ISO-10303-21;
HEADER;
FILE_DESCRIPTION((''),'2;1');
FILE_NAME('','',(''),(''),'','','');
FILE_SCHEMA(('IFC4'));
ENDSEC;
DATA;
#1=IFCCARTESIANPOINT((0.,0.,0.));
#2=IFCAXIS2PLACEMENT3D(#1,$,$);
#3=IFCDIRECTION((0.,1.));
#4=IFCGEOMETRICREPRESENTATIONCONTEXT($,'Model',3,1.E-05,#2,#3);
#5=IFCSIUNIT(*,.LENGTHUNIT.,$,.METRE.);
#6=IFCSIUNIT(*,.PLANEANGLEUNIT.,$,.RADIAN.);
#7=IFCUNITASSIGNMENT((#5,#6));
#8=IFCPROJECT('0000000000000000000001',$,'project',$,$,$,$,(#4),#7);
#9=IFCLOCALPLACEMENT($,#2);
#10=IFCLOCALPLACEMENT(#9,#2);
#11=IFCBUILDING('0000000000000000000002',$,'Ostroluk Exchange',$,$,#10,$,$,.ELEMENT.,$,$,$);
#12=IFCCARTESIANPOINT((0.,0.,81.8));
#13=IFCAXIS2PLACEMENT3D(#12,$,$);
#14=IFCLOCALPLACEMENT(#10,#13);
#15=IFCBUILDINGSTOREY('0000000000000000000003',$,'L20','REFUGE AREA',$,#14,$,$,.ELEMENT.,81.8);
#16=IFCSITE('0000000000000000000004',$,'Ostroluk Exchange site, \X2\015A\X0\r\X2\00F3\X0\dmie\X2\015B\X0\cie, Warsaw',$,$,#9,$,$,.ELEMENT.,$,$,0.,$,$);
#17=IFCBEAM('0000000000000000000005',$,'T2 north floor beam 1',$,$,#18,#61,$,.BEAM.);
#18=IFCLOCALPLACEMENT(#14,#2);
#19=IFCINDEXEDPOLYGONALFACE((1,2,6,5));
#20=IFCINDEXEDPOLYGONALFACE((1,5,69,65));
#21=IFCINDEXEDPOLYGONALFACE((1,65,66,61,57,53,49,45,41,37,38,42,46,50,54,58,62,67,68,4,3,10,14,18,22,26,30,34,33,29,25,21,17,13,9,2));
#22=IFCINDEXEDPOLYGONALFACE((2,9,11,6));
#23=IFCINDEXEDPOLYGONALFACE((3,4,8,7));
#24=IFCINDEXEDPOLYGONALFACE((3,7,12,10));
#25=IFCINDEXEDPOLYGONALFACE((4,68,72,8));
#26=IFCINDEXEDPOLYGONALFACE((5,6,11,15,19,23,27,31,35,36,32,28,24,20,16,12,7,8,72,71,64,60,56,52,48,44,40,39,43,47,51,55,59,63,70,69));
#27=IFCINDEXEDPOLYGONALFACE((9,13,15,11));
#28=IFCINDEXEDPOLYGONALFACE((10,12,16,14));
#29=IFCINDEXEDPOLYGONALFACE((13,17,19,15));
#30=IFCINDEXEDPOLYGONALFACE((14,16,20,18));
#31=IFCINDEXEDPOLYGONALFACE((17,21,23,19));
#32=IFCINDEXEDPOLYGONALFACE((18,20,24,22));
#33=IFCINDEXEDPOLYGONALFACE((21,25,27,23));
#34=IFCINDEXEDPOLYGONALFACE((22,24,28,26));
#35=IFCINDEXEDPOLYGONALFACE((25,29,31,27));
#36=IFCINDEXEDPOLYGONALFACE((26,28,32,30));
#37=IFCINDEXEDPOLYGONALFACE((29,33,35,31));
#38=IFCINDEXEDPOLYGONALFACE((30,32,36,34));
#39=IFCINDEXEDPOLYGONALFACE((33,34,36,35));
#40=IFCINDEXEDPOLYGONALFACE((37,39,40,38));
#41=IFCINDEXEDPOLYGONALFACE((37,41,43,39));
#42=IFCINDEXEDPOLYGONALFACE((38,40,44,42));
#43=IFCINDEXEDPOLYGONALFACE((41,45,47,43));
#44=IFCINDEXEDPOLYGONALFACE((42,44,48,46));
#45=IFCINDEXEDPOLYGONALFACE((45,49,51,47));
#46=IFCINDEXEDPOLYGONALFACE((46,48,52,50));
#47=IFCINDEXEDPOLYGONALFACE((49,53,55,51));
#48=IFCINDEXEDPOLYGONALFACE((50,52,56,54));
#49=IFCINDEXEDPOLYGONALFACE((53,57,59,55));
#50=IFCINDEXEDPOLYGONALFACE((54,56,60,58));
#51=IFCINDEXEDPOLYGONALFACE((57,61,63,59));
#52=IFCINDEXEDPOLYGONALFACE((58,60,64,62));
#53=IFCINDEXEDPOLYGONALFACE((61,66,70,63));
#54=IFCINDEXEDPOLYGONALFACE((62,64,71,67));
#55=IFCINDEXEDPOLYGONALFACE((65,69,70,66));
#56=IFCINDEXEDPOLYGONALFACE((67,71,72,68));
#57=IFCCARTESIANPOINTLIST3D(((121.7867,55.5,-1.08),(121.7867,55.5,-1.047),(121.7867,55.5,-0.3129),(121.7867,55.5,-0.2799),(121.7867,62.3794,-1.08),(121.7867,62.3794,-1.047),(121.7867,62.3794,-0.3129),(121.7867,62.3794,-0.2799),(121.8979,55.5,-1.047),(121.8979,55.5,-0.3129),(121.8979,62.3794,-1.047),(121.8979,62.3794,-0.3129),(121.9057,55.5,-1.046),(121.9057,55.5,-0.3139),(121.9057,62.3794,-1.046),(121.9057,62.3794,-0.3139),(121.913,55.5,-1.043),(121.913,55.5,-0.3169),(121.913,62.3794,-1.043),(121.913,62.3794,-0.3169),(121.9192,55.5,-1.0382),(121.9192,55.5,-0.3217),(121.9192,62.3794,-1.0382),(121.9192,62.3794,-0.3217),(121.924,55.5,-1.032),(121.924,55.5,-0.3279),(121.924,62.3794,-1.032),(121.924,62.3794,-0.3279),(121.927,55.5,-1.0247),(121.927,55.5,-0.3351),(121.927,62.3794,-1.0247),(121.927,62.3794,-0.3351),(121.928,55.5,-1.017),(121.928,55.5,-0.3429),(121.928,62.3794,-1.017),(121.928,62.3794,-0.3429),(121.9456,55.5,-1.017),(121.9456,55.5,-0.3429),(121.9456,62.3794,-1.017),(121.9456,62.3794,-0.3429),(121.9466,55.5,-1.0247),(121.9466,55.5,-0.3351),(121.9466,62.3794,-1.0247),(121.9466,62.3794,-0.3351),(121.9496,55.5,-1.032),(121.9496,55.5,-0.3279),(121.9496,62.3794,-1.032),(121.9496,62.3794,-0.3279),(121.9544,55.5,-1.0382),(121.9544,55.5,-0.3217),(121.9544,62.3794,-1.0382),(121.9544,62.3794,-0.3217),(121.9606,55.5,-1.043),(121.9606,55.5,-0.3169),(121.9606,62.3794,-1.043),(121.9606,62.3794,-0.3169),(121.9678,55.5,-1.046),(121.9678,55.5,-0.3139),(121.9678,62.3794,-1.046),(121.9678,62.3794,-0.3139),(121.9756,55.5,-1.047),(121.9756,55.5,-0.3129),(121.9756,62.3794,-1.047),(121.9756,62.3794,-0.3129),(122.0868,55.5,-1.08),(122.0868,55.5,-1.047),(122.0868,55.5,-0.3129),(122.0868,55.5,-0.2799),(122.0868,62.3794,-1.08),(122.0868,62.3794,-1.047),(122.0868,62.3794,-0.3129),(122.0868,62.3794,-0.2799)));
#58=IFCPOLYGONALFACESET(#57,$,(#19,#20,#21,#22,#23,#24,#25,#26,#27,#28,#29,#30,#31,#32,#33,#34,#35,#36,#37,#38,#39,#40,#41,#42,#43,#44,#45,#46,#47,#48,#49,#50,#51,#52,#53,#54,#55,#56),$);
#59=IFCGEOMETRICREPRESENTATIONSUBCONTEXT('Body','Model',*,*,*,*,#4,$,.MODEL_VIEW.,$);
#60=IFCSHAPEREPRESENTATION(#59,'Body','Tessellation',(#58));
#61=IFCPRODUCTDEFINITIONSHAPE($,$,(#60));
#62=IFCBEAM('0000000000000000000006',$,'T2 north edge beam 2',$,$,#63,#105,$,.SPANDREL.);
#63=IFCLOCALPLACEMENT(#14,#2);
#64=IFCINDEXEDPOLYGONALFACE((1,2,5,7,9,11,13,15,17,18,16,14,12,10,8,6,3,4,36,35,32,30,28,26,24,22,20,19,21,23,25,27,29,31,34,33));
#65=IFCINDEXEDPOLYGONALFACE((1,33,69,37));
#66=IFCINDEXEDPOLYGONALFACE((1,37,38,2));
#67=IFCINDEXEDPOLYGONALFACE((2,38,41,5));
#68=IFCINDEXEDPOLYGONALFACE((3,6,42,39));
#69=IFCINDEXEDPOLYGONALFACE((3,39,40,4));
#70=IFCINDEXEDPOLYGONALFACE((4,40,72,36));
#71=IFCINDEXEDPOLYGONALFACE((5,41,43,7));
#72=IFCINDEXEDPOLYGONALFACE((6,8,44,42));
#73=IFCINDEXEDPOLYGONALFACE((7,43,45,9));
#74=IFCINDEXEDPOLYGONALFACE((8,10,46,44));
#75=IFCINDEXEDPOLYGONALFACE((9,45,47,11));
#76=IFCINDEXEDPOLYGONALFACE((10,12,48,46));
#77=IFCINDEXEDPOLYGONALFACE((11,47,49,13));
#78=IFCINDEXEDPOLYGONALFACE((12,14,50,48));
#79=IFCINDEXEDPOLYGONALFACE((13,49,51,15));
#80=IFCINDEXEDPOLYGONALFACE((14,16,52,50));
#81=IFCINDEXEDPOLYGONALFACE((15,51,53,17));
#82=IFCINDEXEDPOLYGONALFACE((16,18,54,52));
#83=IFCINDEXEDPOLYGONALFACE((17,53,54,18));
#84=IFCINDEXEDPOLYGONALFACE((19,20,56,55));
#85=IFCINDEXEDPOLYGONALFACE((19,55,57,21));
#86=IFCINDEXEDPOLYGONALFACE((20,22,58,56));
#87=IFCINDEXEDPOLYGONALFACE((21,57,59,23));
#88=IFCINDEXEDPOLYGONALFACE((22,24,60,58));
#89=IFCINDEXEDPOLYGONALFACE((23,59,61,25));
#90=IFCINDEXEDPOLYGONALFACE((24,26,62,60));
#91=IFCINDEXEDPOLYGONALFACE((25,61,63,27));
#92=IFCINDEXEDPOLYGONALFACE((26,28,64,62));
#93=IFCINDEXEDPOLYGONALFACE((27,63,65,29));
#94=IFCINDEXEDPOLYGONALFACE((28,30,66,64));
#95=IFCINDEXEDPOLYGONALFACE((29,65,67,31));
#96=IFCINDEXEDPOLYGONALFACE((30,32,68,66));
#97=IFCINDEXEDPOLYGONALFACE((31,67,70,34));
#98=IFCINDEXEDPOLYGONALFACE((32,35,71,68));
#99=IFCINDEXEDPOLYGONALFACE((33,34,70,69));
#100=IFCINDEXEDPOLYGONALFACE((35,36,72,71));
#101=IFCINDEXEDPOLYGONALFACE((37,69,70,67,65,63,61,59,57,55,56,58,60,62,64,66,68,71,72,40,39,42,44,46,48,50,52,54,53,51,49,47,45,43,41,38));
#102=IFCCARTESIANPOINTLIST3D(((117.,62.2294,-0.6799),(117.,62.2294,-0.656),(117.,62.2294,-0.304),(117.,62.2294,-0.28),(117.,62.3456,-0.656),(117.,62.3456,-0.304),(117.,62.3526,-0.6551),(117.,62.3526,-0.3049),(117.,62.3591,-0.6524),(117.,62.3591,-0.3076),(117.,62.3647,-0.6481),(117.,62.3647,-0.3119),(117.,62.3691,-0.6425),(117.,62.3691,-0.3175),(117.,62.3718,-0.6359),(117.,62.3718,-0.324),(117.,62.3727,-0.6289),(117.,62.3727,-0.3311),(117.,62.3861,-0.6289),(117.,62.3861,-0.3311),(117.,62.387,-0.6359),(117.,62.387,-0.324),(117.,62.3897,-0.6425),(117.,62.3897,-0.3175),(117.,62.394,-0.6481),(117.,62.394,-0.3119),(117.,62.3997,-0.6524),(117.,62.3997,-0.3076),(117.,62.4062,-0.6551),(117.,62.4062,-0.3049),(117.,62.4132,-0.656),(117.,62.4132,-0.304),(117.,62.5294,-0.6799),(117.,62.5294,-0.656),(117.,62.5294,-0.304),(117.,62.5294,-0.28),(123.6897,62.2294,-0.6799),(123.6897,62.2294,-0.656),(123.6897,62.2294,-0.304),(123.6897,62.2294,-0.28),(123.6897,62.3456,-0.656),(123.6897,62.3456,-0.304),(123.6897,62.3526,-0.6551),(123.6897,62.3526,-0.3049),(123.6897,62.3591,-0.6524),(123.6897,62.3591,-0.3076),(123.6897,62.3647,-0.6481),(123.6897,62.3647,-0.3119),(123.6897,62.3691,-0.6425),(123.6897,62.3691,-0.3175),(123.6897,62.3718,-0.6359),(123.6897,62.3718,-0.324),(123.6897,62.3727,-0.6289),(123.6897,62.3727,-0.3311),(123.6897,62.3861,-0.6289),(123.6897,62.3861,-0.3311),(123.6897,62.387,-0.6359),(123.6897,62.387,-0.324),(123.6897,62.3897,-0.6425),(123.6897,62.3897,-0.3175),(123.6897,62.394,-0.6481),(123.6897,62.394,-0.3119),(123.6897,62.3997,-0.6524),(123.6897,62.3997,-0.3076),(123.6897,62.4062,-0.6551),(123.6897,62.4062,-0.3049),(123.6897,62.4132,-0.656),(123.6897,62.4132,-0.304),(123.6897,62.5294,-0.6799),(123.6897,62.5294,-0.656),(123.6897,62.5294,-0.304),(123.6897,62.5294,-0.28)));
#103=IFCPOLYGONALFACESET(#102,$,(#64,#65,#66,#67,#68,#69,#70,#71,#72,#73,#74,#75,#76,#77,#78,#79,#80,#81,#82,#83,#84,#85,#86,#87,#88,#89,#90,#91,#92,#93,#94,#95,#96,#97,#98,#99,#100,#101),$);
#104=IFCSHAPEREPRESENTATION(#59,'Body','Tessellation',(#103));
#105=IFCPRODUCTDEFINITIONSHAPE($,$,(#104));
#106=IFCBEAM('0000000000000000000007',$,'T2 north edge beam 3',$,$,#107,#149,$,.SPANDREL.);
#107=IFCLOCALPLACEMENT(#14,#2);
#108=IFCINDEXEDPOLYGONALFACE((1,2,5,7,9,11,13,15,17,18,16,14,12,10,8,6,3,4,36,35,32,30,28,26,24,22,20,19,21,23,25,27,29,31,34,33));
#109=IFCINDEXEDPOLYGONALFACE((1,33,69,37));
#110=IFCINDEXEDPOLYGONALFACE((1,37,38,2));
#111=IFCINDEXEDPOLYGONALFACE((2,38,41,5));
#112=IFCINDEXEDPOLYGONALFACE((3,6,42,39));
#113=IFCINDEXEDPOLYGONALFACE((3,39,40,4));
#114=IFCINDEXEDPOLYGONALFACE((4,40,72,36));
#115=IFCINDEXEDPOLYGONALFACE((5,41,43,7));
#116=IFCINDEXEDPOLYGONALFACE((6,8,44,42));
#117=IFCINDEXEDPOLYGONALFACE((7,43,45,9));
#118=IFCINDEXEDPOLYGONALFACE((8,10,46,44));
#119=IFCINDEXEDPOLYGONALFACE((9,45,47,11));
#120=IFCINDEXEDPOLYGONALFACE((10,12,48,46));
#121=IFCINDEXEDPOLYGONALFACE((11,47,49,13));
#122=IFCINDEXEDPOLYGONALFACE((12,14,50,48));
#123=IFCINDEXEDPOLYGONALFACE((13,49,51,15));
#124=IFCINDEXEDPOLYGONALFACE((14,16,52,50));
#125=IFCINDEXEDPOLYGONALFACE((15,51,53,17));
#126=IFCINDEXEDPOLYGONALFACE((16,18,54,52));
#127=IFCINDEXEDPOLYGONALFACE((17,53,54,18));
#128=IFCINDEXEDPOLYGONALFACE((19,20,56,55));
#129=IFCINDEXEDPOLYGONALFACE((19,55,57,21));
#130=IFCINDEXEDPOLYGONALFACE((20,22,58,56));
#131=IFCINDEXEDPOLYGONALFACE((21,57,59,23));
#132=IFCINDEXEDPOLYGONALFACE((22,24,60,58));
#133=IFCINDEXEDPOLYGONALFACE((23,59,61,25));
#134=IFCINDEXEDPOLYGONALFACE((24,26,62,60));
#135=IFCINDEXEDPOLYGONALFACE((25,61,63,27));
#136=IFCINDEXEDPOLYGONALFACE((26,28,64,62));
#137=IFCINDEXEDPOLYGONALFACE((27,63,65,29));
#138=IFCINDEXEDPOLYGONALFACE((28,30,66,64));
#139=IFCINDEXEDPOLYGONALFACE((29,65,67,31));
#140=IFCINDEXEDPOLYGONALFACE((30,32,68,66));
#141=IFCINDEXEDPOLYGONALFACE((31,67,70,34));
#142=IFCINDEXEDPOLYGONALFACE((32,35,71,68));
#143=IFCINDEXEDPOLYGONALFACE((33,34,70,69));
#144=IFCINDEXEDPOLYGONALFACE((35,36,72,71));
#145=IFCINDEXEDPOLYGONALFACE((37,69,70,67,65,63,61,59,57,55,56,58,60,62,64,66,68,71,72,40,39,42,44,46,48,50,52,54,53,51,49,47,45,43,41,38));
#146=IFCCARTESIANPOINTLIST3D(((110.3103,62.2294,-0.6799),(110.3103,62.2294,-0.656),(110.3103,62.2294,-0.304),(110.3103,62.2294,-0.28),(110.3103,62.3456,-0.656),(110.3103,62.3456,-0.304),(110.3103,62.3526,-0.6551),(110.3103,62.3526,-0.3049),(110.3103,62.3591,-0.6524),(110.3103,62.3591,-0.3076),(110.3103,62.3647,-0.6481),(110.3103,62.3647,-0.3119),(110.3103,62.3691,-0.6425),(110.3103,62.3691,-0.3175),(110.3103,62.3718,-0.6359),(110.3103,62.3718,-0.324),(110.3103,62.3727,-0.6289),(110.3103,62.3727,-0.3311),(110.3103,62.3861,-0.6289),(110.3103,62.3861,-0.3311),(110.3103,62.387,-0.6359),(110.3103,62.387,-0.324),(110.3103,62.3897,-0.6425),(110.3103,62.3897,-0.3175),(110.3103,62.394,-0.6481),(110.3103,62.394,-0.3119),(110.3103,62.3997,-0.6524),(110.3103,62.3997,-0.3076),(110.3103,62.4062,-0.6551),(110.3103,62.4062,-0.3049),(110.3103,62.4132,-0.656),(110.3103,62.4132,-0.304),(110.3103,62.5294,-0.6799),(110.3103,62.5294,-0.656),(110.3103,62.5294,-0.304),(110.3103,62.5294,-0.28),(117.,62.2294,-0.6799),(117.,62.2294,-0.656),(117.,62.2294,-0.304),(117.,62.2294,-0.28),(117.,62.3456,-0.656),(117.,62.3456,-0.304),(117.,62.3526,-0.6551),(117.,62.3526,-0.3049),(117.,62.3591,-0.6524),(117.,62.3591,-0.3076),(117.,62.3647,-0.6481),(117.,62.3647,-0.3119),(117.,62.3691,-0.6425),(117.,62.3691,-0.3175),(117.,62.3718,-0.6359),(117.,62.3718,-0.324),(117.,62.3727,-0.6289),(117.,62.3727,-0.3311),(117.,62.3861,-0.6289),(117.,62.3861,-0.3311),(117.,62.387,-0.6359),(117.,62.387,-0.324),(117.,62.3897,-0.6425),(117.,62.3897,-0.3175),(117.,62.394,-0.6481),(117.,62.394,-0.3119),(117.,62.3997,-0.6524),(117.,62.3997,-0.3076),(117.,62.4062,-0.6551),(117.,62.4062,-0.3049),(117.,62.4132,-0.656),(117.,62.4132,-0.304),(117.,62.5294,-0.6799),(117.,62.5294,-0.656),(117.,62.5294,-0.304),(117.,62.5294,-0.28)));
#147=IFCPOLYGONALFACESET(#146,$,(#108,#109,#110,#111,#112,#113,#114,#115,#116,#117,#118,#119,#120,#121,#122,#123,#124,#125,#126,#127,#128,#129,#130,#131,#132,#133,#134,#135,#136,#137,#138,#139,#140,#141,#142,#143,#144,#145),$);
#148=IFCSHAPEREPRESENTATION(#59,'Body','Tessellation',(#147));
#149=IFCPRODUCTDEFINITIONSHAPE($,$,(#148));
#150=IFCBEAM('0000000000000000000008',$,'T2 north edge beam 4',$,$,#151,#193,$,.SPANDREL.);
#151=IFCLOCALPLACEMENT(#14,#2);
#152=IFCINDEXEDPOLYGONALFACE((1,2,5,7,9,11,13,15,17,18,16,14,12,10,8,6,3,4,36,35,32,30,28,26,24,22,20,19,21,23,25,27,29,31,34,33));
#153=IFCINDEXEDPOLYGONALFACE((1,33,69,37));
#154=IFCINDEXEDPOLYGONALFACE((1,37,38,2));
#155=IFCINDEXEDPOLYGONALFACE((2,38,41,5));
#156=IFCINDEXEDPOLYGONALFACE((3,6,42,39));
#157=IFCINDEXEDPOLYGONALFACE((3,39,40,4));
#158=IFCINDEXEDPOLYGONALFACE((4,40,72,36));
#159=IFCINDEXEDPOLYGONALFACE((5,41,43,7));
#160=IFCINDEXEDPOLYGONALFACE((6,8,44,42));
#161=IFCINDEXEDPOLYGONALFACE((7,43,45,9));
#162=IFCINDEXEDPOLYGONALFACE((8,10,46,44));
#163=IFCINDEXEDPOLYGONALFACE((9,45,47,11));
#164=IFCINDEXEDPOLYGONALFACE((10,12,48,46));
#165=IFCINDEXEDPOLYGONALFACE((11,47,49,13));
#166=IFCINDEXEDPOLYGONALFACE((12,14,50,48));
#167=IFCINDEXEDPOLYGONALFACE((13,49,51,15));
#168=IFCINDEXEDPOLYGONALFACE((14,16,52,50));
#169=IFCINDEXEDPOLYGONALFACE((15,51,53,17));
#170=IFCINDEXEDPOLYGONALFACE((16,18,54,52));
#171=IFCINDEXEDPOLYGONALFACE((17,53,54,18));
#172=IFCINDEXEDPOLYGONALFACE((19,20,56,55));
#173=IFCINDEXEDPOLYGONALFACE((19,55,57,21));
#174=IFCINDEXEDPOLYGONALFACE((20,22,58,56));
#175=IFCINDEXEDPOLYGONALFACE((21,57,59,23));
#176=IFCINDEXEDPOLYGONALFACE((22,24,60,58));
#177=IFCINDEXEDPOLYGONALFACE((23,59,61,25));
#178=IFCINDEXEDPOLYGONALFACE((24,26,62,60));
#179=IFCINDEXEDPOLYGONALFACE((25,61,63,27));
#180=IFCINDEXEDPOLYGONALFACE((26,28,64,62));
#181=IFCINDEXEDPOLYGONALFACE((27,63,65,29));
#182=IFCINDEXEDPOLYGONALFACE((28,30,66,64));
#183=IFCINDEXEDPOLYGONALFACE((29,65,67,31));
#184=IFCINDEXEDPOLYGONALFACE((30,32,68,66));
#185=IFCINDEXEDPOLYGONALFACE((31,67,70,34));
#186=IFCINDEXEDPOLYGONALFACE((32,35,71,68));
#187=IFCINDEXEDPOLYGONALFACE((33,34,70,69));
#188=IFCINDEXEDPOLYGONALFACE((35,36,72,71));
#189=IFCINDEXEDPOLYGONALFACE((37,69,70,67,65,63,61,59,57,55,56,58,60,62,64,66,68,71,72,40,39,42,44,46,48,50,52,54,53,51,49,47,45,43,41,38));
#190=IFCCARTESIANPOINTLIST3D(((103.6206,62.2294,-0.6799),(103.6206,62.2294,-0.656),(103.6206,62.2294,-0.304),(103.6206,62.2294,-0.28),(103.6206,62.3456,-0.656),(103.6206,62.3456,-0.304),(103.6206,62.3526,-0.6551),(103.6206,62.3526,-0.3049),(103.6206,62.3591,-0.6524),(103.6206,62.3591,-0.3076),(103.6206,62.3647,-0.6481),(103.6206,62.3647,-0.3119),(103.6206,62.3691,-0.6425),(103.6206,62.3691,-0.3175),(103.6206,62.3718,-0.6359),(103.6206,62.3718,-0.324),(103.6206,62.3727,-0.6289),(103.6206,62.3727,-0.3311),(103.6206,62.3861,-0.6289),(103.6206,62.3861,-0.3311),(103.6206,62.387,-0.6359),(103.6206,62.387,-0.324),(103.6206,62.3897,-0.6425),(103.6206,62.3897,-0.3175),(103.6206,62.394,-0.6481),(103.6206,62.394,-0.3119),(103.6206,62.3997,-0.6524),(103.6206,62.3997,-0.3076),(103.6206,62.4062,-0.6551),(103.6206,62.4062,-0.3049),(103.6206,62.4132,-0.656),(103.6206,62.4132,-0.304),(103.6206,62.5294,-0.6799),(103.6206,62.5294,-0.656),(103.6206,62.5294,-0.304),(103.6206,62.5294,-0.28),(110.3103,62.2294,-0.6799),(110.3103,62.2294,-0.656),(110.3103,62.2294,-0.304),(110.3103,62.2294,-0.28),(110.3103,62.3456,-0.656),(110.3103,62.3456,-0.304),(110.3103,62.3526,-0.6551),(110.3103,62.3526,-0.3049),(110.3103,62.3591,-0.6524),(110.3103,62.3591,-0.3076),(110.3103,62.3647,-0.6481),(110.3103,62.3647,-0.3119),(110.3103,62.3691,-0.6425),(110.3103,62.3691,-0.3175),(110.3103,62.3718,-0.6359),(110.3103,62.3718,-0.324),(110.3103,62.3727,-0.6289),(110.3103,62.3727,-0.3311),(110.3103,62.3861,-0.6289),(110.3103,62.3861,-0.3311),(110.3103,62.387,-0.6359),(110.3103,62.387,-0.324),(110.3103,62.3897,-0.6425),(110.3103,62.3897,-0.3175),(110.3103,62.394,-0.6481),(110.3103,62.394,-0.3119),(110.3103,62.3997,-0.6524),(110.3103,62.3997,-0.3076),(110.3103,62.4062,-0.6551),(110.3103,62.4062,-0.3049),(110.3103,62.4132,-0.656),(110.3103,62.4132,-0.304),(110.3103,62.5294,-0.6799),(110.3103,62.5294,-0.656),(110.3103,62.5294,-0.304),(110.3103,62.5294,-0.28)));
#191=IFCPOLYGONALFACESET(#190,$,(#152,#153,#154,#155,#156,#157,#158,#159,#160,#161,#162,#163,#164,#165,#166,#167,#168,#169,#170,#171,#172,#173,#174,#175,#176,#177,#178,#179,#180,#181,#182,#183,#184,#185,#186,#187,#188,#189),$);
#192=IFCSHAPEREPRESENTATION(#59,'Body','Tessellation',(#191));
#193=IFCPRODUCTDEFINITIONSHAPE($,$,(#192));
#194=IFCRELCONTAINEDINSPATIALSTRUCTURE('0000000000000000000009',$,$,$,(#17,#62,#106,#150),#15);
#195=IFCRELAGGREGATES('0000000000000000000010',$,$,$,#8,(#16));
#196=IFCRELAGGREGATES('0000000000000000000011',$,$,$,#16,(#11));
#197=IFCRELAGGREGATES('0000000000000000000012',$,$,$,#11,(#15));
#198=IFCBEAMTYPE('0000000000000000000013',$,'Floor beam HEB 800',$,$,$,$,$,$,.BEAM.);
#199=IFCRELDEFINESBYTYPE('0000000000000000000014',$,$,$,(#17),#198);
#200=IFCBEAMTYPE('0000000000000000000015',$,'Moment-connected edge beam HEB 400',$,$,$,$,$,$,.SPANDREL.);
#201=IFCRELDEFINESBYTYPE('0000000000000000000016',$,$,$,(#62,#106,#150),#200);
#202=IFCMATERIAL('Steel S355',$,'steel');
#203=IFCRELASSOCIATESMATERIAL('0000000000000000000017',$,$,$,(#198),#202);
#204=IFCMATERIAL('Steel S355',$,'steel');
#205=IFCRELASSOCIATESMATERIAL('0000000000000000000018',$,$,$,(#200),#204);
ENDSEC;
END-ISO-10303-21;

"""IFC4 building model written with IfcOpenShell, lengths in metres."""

from ifc_helpers import new_model, si_unit, direction, frame, origin, origin_2d, place, context, subcontext, project, spatial, i_section, extrude, material, material_profile, profile_set, type_object, element, save


model = new_model("IFC4")

# Units and contexts
model_context = context("Model", 3, precision=1e-05, world=origin(), true_north=direction((0.0, 1.0)))
body_context = subcontext(model_context, "Body", "Model", "MODEL_VIEW")
ifc_project = project(units=[si_unit("LENGTHUNIT", "METRE"), si_unit("PLANEANGLEUNIT", "RADIAN")], contexts=[model_context])

# Site, building, storey
site_placement = place(None, origin())
site = spatial("IfcSite", under=ifc_project, at=site_placement, Name="Ostroluk Exchange site, Śródmieście, Warsaw", CompositionType="ELEMENT", RefElevation=0.0)
building_placement = place(site_placement, origin())
building = spatial("IfcBuilding", under=site, at=building_placement, Name="Ostroluk Exchange", CompositionType="ELEMENT")
storey_placement = place(building_placement, frame((0.0, 0.0, 81.8)))
storey = spatial("IfcBuildingStorey", under=building, at=storey_placement, Name="L20", Description="REFUGE AREA", CompositionType="ELEMENT", Elevation=81.8)

# Beams
ifc_material_1 = material(Name="Steel S355", Category="steel")
ifc_material_profile_1 = material_profile(ifc_material_1, i_section(OverallWidth=0.3, OverallDepth=0.8, WebThickness=0.0176, FlangeThickness=0.033, FilletRadius=0.03, at=origin_2d()), Name="HEB 800")
ifc_profile_set_1 = profile_set([ifc_material_profile_1], Name="Steel S355")
beam_type_1 = type_object("IfcBeamType", Name="Floor beam HEB 800", PredefinedType="BEAM", material=ifc_profile_set_1)
beam_placement = place(storey_placement, frame((121.9368, 55.5, -0.6799), z_axis=(0.0, 1.0, 0.0), x_axis=(-1.0, 0.0, 0.0)))
element("IfcBeam", 1, at=beam_placement, inside=storey, type_object=beam_type_1, Name="T2 north floor beam 1", PredefinedType="BEAM", context=body_context, shape_type="SweptSolid", body=[
    extrude(i_section(OverallWidth=0.3, OverallDepth=0.8, WebThickness=0.0176, FlangeThickness=0.033, FilletRadius=0.03, at=origin_2d()), origin(), (0.0, 0.0, 1.0), 6.8794),
])
ifc_material_2 = material(Name="Steel S355", Category="steel")
ifc_material_profile_2 = material_profile(ifc_material_2, i_section(OverallWidth=0.3, OverallDepth=0.3999, WebThickness=0.0134, FlangeThickness=0.0239, FilletRadius=0.0271, at=origin_2d()), Name="HEB 400")
ifc_profile_set_2 = profile_set([ifc_material_profile_2], Name="Steel S355")
beam_type_2 = type_object("IfcBeamType", Name="Moment-connected edge beam HEB 400", PredefinedType="SPANDREL", material=ifc_profile_set_2)
for number, where, z_axis, x_axis, name in (
    (2, (123.6897, 62.3794, -0.48), (-1.0, 0.0, 0.0), (0.0, -1.0, 0.0), "T2 north edge beam 2"),
    (3, (117.0, 62.3794, -0.48), (-1.0, 0.0, 0.0), (0.0, -1.0, 0.0), "T2 north edge beam 3"),
    (4, (110.3103, 62.3794, -0.48), (-1.0, 0.0, 0.0), (0.0, -1.0, 0.0), "T2 north edge beam 4"),
):
    element("IfcBeam", number, at=place(storey_placement, frame(where, z_axis=z_axis, x_axis=x_axis)), inside=storey, type_object=beam_type_2, Name=name, PredefinedType="SPANDREL", context=body_context, shape_type="SweptSolid", body=[
        extrude(i_section(OverallWidth=0.3, OverallDepth=0.3999, WebThickness=0.0134, FlangeThickness=0.0239, FilletRadius=0.0271, at=origin_2d()), origin(), (0.0, 0.0, 1.0), 6.6897),
    ])

save(model, "model.ifc")
